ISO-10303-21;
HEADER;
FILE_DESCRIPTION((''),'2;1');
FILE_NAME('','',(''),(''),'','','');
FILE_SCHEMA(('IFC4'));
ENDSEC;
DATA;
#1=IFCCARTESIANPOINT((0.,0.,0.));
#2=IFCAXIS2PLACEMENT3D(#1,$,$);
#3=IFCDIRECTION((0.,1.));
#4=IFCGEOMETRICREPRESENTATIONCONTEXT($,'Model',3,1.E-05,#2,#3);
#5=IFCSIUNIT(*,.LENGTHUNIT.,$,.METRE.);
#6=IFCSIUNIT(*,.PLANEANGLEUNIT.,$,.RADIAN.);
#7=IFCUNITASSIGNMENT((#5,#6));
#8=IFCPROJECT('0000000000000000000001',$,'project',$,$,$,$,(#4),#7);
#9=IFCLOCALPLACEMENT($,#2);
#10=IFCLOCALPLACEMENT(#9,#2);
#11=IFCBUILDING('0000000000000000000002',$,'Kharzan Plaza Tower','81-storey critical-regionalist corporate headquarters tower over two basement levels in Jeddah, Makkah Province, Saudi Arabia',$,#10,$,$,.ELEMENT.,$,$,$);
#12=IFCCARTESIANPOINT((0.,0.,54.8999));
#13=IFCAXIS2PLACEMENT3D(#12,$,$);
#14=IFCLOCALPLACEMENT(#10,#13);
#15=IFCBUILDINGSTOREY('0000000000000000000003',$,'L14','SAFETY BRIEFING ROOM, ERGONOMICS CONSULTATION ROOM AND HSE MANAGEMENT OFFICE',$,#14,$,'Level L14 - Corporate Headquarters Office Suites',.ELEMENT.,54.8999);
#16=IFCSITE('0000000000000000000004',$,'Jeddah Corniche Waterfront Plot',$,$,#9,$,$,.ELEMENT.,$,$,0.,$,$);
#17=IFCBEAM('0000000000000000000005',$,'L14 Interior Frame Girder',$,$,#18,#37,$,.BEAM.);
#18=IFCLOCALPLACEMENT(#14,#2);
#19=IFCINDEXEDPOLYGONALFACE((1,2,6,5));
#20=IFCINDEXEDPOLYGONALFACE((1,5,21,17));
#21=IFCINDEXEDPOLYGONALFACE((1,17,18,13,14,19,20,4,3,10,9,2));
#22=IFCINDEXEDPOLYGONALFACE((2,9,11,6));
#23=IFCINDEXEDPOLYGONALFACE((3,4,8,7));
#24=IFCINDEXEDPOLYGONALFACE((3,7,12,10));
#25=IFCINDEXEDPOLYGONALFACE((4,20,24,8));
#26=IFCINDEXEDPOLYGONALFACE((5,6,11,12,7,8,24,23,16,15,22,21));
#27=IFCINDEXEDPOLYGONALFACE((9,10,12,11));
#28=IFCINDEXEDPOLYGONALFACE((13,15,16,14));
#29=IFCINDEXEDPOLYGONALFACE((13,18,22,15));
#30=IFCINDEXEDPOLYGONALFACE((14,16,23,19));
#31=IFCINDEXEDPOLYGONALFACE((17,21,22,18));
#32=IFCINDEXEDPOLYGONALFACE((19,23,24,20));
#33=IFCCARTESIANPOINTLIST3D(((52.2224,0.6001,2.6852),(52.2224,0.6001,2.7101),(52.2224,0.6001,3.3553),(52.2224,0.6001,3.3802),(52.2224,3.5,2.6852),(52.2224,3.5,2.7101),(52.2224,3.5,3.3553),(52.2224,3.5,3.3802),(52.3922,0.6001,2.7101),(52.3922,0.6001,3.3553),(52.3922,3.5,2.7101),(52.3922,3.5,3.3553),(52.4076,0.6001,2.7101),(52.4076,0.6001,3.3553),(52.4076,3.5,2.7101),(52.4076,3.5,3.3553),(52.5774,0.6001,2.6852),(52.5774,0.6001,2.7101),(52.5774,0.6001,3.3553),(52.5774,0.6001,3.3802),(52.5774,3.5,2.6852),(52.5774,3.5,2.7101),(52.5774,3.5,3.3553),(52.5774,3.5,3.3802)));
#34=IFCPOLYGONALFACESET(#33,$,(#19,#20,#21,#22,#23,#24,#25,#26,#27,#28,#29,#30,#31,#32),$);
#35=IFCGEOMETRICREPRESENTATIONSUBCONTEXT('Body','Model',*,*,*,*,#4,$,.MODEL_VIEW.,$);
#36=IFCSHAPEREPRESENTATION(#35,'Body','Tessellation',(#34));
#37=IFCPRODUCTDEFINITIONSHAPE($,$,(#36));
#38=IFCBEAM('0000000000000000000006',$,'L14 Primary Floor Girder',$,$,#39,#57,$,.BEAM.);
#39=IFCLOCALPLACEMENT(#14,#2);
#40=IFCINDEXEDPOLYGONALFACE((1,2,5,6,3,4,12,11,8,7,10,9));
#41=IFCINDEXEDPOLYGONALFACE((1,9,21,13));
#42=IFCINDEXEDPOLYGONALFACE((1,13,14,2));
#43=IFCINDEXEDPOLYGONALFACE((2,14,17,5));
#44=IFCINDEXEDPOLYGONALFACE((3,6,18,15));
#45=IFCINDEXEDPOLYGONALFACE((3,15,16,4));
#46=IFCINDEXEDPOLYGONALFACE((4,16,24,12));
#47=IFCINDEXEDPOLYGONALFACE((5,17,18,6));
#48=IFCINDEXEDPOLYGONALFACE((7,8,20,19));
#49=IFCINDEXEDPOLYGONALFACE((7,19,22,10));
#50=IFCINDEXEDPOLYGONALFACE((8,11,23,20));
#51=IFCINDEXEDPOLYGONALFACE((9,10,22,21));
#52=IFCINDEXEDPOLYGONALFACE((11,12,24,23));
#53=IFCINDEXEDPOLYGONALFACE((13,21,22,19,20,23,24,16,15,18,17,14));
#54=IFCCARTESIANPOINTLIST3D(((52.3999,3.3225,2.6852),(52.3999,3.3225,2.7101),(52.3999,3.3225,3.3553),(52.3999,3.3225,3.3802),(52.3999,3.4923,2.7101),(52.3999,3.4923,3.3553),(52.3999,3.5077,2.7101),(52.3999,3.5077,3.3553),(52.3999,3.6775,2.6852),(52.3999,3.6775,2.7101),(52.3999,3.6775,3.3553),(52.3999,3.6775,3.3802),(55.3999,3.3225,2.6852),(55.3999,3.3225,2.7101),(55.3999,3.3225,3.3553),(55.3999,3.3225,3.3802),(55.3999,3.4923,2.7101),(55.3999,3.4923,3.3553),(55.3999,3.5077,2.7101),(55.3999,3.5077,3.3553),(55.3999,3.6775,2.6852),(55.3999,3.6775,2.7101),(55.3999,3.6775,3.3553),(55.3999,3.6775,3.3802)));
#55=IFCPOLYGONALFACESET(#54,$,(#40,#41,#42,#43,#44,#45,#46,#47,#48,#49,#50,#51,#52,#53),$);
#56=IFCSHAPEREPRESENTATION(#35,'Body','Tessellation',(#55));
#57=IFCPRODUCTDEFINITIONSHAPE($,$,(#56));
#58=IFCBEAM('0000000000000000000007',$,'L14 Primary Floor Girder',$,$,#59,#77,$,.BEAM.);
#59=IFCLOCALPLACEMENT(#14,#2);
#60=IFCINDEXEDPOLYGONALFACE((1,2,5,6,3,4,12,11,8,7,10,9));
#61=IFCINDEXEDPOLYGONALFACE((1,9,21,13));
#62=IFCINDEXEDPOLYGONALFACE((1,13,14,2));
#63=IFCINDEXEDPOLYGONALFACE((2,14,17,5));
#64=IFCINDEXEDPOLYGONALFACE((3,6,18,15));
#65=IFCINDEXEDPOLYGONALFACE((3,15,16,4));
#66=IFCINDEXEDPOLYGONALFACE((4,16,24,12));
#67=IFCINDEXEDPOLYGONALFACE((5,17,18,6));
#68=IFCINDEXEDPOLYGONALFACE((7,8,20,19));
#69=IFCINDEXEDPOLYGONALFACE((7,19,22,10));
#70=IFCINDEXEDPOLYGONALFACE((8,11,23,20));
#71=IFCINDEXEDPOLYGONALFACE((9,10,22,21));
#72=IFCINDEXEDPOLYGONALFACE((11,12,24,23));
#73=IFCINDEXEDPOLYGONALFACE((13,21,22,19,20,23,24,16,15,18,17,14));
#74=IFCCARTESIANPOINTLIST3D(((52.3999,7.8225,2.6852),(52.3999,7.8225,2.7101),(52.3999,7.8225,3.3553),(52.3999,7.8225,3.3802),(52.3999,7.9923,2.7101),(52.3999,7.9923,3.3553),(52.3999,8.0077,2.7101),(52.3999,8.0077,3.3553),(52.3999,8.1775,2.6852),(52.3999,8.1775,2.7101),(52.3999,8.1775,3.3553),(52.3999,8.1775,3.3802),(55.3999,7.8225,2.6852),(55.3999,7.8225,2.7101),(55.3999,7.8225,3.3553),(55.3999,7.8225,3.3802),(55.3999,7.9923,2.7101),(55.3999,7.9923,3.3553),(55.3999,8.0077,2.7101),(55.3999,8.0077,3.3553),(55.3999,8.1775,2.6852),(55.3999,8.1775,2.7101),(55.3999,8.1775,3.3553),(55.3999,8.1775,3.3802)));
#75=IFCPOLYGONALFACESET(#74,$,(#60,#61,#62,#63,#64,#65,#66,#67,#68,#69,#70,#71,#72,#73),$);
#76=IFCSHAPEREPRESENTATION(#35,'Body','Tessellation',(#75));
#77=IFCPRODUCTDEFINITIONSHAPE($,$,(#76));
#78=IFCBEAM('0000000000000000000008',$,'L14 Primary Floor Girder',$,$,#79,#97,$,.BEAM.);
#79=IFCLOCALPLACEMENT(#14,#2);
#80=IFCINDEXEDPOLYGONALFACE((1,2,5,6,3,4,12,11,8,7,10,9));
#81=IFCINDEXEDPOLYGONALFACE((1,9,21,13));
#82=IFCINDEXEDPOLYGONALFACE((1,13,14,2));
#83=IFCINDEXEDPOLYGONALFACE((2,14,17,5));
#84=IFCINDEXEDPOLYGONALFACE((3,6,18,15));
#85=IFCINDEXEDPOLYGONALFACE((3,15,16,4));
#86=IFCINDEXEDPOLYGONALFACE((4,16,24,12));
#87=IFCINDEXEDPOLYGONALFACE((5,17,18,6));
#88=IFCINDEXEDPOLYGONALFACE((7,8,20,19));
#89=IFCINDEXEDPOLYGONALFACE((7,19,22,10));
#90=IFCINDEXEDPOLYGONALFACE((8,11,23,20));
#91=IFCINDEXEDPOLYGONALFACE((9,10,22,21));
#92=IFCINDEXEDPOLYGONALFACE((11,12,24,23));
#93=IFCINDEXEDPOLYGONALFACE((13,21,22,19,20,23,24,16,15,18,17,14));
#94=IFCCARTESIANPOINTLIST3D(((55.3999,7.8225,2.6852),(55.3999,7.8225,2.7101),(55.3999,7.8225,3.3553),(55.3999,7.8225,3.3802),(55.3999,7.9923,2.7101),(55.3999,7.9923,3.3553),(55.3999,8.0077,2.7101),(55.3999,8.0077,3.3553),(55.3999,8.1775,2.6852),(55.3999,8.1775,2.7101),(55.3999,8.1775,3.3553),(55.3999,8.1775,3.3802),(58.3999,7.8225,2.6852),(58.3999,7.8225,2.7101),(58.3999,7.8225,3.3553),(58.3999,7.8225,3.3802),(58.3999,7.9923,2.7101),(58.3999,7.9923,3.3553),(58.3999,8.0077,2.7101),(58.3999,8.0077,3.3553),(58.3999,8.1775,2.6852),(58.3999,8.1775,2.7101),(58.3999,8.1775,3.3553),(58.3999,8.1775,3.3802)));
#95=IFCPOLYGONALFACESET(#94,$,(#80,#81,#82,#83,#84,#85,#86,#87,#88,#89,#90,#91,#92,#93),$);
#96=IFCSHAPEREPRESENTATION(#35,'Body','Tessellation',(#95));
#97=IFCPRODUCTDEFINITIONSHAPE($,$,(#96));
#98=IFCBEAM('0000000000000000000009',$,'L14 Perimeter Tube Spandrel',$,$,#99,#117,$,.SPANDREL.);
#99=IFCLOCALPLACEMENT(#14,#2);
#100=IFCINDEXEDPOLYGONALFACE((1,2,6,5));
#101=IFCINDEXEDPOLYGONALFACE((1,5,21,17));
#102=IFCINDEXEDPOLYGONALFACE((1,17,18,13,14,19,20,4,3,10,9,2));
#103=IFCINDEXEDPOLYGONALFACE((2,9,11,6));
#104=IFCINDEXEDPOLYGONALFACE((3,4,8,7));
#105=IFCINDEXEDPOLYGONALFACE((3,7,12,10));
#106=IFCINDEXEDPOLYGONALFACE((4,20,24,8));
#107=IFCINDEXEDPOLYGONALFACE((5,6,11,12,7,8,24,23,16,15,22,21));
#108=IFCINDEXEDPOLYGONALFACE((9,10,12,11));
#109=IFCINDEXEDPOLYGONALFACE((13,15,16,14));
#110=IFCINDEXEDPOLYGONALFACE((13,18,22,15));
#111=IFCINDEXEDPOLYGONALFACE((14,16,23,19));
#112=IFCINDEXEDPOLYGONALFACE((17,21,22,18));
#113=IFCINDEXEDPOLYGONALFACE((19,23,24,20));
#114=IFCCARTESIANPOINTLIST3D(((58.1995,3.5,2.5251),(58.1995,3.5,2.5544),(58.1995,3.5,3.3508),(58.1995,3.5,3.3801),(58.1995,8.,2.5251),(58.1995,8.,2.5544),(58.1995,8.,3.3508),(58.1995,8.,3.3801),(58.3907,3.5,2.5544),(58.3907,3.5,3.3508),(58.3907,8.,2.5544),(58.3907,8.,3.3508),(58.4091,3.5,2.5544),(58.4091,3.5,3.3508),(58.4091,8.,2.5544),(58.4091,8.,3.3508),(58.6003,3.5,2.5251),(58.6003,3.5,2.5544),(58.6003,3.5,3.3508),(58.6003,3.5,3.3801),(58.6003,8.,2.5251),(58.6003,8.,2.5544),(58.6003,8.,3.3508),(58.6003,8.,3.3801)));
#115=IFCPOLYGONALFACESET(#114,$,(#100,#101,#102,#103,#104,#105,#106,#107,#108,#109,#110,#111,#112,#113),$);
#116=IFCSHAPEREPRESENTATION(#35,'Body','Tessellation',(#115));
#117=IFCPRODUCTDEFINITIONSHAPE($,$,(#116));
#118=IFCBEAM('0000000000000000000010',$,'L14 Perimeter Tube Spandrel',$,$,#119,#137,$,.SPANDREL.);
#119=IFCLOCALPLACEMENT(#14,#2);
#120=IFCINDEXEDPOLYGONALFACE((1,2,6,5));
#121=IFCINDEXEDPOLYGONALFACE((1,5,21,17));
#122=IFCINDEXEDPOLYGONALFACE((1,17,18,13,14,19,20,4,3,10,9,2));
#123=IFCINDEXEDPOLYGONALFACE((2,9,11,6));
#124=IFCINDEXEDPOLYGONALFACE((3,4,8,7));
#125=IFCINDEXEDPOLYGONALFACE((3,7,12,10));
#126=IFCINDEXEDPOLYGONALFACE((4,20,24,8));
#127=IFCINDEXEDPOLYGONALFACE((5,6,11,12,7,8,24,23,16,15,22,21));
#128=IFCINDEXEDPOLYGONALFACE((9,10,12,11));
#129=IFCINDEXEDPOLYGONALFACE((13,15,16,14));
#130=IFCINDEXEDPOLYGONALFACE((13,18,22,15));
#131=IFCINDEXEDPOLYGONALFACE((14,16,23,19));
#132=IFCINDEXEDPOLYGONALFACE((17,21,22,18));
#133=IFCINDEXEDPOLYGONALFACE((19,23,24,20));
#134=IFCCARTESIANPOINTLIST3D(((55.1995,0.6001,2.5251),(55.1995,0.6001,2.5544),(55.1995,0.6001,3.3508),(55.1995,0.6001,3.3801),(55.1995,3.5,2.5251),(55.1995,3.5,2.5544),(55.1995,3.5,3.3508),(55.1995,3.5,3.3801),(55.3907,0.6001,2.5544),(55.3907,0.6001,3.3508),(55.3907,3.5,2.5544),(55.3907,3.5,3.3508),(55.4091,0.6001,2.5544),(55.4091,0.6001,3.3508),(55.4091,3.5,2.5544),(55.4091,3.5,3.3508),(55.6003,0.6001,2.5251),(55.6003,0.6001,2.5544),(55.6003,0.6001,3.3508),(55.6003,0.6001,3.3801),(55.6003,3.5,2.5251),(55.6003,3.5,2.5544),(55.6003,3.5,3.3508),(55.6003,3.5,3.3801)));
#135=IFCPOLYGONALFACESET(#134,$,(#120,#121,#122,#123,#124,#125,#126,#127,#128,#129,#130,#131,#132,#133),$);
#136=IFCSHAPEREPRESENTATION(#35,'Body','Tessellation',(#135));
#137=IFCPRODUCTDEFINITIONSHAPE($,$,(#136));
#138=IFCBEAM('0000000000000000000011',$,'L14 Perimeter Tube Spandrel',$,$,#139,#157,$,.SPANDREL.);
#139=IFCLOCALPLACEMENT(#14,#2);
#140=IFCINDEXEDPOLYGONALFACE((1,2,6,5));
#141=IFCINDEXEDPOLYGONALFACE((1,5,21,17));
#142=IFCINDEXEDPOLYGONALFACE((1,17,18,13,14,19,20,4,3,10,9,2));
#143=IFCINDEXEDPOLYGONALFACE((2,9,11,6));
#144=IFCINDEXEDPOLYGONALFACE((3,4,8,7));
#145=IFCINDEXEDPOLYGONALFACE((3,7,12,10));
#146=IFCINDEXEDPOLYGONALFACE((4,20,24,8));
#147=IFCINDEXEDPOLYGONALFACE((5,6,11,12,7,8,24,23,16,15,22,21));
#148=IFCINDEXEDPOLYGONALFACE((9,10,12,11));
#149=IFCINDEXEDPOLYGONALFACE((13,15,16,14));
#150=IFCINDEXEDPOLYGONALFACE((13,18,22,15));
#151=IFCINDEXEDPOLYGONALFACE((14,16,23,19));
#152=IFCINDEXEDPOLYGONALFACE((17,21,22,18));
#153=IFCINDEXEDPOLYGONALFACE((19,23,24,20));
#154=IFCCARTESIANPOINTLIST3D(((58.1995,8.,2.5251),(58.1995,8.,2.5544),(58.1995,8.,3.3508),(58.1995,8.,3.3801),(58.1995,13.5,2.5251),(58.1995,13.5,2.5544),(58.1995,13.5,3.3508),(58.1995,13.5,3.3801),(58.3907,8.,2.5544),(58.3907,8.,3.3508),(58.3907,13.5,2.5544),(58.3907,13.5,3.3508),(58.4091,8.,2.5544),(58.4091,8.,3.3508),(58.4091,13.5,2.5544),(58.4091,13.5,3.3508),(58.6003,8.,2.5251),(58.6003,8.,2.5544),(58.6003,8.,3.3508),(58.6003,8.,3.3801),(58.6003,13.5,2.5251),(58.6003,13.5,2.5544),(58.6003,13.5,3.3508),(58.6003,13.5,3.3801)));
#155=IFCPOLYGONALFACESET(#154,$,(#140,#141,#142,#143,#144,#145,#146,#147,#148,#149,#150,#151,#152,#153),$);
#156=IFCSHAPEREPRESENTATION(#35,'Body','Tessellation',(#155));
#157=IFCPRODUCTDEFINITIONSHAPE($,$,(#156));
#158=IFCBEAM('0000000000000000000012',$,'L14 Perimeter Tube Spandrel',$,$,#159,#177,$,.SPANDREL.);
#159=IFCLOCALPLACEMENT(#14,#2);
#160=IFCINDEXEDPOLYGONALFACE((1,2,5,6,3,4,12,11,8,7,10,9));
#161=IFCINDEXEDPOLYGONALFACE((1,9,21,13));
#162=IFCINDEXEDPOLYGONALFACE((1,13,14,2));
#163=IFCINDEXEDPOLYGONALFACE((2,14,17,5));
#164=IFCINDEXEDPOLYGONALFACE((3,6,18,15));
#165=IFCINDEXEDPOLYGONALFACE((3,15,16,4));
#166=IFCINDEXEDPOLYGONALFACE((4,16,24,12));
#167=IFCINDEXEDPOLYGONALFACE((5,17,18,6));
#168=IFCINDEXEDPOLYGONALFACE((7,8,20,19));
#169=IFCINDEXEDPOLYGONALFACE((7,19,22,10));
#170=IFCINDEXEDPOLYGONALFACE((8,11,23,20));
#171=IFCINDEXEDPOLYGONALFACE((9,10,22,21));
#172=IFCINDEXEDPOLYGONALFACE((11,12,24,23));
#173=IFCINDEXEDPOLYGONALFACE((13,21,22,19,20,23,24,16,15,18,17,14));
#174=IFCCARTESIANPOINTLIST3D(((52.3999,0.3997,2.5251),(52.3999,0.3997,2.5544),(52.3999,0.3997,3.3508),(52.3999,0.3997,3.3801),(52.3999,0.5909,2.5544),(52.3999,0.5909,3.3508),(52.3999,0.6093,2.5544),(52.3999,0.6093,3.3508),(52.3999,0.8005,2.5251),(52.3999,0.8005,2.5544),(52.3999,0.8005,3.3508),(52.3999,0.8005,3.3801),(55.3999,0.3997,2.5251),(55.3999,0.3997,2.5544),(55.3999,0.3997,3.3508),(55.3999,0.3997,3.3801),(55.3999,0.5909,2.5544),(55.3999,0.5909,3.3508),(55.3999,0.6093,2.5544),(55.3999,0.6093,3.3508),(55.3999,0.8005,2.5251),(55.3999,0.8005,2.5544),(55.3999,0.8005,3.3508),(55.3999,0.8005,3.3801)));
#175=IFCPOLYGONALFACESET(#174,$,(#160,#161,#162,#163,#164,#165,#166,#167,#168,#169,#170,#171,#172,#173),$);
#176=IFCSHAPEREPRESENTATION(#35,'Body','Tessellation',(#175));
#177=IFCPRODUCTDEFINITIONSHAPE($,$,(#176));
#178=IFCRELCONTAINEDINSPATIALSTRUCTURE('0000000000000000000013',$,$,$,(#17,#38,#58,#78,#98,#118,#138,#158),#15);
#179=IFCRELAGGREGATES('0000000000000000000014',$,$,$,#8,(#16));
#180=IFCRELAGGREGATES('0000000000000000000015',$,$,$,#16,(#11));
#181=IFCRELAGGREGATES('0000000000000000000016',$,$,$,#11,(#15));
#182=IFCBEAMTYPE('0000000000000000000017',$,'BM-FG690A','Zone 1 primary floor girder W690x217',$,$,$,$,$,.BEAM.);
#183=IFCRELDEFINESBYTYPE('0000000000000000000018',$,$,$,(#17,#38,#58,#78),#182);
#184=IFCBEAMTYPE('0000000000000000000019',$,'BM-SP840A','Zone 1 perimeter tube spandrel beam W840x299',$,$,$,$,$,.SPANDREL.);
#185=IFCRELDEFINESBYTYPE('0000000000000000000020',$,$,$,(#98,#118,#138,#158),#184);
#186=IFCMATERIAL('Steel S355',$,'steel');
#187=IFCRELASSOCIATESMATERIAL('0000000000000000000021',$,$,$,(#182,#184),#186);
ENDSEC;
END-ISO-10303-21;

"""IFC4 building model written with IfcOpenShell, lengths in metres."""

from ifc_helpers import new_model, si_unit, direction, frame, origin, origin_2d, place, context, subcontext, project, spatial, i_section, extrude, source, transform, mapped, material, material_profile, profile_set, type_object, element, save


model = new_model("IFC4")

# Units and contexts
model_context = context("Model", 3, precision=1e-05, world=origin(), true_north=direction((0.0, 1.0)))
body_context = subcontext(model_context, "Body", "Model", "MODEL_VIEW")
ifc_project = project(units=[si_unit("LENGTHUNIT", "METRE"), si_unit("PLANEANGLEUNIT", "RADIAN")], contexts=[model_context])

# Site, building, storey
site_placement = place(None, origin())
site = spatial("IfcSite", under=ifc_project, at=site_placement, Name="Jeddah Corniche Waterfront Plot", CompositionType="ELEMENT", RefElevation=0.0)
building_placement = place(site_placement, origin())
building = spatial("IfcBuilding", under=site, at=building_placement, Name="Kharzan Plaza Tower", Description="81-storey critical-regionalist corporate headquarters tower over two basement levels in Jeddah, Makkah Province, Saudi Arabia", CompositionType="ELEMENT")
storey_placement = place(building_placement, frame((0.0, 0.0, 54.8999)))
storey = spatial("IfcBuildingStorey", under=building, at=storey_placement, Name="L14", Description="SAFETY BRIEFING ROOM, ERGONOMICS CONSULTATION ROOM AND HSE MANAGEMENT OFFICE", LongName="Level L14 - Corporate Headquarters Office Suites", CompositionType="ELEMENT", Elevation=54.8999)

# Beams
ifc_material_1 = material(Name="Steel S355", Category="steel")
ifc_material_profile_1 = material_profile(ifc_material_1, i_section(OverallWidth=0.355, OverallDepth=0.6951, WebThickness=0.0154, FlangeThickness=0.0249, at=origin_2d()), Name="W690x217")
ifc_profile_set_1 = profile_set([ifc_material_profile_1], Name="Steel S355")
beam_type_1 = type_object("IfcBeamType", Name="BM-FG690A", Description="Zone 1 primary floor girder W690x217", PredefinedType="BEAM", material=ifc_profile_set_1)
shared_shape_1 = source(origin(), body_context, "Body", "SweptSolid", [
    extrude(i_section(OverallWidth=0.355, OverallDepth=0.6951, WebThickness=0.0154, FlangeThickness=0.0249, at=origin_2d()), origin(), (0.0, 0.0, 1.0), 2.8999),
])
beam_1_placement = place(storey_placement, frame((52.3999, 0.6001, 3.0327), z_axis=(0.0, 1.0, 0.0), x_axis=(-1.0, 0.0, 0.0)))
element("IfcBeam", 1, at=beam_1_placement, inside=storey, type_object=beam_type_1, Name="L14 Interior Frame Girder", PredefinedType="BEAM", context=body_context, shape_type="MappedRepresentation", body=[
    mapped(shared_shape_1, transform((0.0, 0.0, 0.0), x_axis=(1.0, 0.0, 0.0), y_axis=(0.0, 1.0, 0.0), z_axis=(0.0, 0.0, 1.0))),
])
shared_shape_2 = source(origin(), body_context, "Body", "SweptSolid", [
    extrude(i_section(OverallWidth=0.355, OverallDepth=0.6951, WebThickness=0.0154, FlangeThickness=0.0249, at=origin_2d()), origin(), (0.0, 0.0, 1.0), 3.0),
])
for number, where, z_axis, x_axis, name in (
    (2, (52.3999, 3.5, 3.0327), (1.0, 0.0, 0.0), (0.0, 1.0, 0.0), "L14 Primary Floor Girder"),
    (3, (52.3999, 8.0, 3.0327), (1.0, 0.0, 0.0), (0.0, 1.0, 0.0), "L14 Primary Floor Girder"),
    (4, (55.3999, 8.0, 3.0327), (1.0, 0.0, 0.0), (0.0, 1.0, 0.0), "L14 Primary Floor Girder"),
):
    element("IfcBeam", number, at=place(storey_placement, frame(where, z_axis=z_axis, x_axis=x_axis)), inside=storey, type_object=beam_type_1, Name=name, PredefinedType="BEAM", context=body_context, shape_type="MappedRepresentation", body=[
        mapped(shared_shape_2, transform((0.0, 0.0, 0.0), x_axis=(1.0, 0.0, 0.0), y_axis=(0.0, 1.0, 0.0), z_axis=(0.0, 0.0, 1.0))),
    ])
ifc_material_profile_2 = material_profile(ifc_material_1, i_section(OverallWidth=0.4009, OverallDepth=0.855, WebThickness=0.0183, FlangeThickness=0.0293, at=origin_2d()), Name="W840x299")
ifc_profile_set_2 = profile_set([ifc_material_profile_2], Name="Steel S355")
beam_type_2 = type_object("IfcBeamType", Name="BM-SP840A", Description="Zone 1 perimeter tube spandrel beam W840x299", PredefinedType="SPANDREL", material=ifc_profile_set_2)
shared_shape_3 = source(origin(), body_context, "Body", "SweptSolid", [
    extrude(i_section(OverallWidth=0.4009, OverallDepth=0.855, WebThickness=0.0183, FlangeThickness=0.0293, at=origin_2d()), origin(), (0.0, 0.0, 1.0), 4.5),
])
beam_2_placement = place(storey_placement, frame((58.3999, 3.5, 2.9526), z_axis=(0.0, 1.0, 0.0), x_axis=(-1.0, 0.0, 0.0)))
element("IfcBeam", 5, at=beam_2_placement, inside=storey, type_object=beam_type_2, Name="L14 Perimeter Tube Spandrel", PredefinedType="SPANDREL", context=body_context, shape_type="MappedRepresentation", body=[
    mapped(shared_shape_3, transform((0.0, 0.0, 0.0), x_axis=(1.0, 0.0, 0.0), y_axis=(0.0, 1.0, 0.0), z_axis=(0.0, 0.0, 1.0))),
])
shared_shape_4 = source(origin(), body_context, "Body", "SweptSolid", [
    extrude(i_section(OverallWidth=0.4009, OverallDepth=0.855, WebThickness=0.0183, FlangeThickness=0.0293, at=origin_2d()), origin(), (0.0, 0.0, 1.0), 2.8999),
])
beam_3_placement = place(storey_placement, frame((55.3999, 0.6001, 2.9526), z_axis=(0.0, 1.0, 0.0), x_axis=(-1.0, 0.0, 0.0)))
element("IfcBeam", 6, at=beam_3_placement, inside=storey, type_object=beam_type_2, Name="L14 Perimeter Tube Spandrel", PredefinedType="SPANDREL", context=body_context, shape_type="MappedRepresentation", body=[
    mapped(shared_shape_4, transform((0.0, 0.0, 0.0), x_axis=(1.0, 0.0, 0.0), y_axis=(0.0, 1.0, 0.0), z_axis=(0.0, 0.0, 1.0))),
])
shared_shape_5 = source(origin(), body_context, "Body", "SweptSolid", [
    extrude(i_section(OverallWidth=0.4009, OverallDepth=0.855, WebThickness=0.0183, FlangeThickness=0.0293, at=origin_2d()), origin(), (0.0, 0.0, 1.0), 5.5),
])
beam_4_placement = place(storey_placement, frame((58.3999, 8.0, 2.9526), z_axis=(0.0, 1.0, 0.0), x_axis=(-1.0, 0.0, 0.0)))
element("IfcBeam", 7, at=beam_4_placement, inside=storey, type_object=beam_type_2, Name="L14 Perimeter Tube Spandrel", PredefinedType="SPANDREL", context=body_context, shape_type="MappedRepresentation", body=[
    mapped(shared_shape_5, transform((0.0, 0.0, 0.0), x_axis=(1.0, 0.0, 0.0), y_axis=(0.0, 1.0, 0.0), z_axis=(0.0, 0.0, 1.0))),
])
shared_shape_6 = source(origin(), body_context, "Body", "SweptSolid", [
    extrude(i_section(OverallWidth=0.4009, OverallDepth=0.855, WebThickness=0.0183, FlangeThickness=0.0293, at=origin_2d()), origin(), (0.0, 0.0, 1.0), 3.0),
])
for number, where, z_axis, x_axis, name in (
    (8, (52.3999, 0.6001, 2.9526), (1.0, 0.0, 0.0), (0.0, 1.0, 0.0), "L14 Perimeter Tube Spandrel"),
):
    element("IfcBeam", number, at=place(storey_placement, frame(where, z_axis=z_axis, x_axis=x_axis)), inside=storey, type_object=beam_type_2, Name=name, PredefinedType="SPANDREL", context=body_context, shape_type="MappedRepresentation", body=[
        mapped(shared_shape_6, transform((0.0, 0.0, 0.0), x_axis=(1.0, 0.0, 0.0), y_axis=(0.0, 1.0, 0.0), z_axis=(0.0, 0.0, 1.0))),
    ])

save(model, "model.ifc")
